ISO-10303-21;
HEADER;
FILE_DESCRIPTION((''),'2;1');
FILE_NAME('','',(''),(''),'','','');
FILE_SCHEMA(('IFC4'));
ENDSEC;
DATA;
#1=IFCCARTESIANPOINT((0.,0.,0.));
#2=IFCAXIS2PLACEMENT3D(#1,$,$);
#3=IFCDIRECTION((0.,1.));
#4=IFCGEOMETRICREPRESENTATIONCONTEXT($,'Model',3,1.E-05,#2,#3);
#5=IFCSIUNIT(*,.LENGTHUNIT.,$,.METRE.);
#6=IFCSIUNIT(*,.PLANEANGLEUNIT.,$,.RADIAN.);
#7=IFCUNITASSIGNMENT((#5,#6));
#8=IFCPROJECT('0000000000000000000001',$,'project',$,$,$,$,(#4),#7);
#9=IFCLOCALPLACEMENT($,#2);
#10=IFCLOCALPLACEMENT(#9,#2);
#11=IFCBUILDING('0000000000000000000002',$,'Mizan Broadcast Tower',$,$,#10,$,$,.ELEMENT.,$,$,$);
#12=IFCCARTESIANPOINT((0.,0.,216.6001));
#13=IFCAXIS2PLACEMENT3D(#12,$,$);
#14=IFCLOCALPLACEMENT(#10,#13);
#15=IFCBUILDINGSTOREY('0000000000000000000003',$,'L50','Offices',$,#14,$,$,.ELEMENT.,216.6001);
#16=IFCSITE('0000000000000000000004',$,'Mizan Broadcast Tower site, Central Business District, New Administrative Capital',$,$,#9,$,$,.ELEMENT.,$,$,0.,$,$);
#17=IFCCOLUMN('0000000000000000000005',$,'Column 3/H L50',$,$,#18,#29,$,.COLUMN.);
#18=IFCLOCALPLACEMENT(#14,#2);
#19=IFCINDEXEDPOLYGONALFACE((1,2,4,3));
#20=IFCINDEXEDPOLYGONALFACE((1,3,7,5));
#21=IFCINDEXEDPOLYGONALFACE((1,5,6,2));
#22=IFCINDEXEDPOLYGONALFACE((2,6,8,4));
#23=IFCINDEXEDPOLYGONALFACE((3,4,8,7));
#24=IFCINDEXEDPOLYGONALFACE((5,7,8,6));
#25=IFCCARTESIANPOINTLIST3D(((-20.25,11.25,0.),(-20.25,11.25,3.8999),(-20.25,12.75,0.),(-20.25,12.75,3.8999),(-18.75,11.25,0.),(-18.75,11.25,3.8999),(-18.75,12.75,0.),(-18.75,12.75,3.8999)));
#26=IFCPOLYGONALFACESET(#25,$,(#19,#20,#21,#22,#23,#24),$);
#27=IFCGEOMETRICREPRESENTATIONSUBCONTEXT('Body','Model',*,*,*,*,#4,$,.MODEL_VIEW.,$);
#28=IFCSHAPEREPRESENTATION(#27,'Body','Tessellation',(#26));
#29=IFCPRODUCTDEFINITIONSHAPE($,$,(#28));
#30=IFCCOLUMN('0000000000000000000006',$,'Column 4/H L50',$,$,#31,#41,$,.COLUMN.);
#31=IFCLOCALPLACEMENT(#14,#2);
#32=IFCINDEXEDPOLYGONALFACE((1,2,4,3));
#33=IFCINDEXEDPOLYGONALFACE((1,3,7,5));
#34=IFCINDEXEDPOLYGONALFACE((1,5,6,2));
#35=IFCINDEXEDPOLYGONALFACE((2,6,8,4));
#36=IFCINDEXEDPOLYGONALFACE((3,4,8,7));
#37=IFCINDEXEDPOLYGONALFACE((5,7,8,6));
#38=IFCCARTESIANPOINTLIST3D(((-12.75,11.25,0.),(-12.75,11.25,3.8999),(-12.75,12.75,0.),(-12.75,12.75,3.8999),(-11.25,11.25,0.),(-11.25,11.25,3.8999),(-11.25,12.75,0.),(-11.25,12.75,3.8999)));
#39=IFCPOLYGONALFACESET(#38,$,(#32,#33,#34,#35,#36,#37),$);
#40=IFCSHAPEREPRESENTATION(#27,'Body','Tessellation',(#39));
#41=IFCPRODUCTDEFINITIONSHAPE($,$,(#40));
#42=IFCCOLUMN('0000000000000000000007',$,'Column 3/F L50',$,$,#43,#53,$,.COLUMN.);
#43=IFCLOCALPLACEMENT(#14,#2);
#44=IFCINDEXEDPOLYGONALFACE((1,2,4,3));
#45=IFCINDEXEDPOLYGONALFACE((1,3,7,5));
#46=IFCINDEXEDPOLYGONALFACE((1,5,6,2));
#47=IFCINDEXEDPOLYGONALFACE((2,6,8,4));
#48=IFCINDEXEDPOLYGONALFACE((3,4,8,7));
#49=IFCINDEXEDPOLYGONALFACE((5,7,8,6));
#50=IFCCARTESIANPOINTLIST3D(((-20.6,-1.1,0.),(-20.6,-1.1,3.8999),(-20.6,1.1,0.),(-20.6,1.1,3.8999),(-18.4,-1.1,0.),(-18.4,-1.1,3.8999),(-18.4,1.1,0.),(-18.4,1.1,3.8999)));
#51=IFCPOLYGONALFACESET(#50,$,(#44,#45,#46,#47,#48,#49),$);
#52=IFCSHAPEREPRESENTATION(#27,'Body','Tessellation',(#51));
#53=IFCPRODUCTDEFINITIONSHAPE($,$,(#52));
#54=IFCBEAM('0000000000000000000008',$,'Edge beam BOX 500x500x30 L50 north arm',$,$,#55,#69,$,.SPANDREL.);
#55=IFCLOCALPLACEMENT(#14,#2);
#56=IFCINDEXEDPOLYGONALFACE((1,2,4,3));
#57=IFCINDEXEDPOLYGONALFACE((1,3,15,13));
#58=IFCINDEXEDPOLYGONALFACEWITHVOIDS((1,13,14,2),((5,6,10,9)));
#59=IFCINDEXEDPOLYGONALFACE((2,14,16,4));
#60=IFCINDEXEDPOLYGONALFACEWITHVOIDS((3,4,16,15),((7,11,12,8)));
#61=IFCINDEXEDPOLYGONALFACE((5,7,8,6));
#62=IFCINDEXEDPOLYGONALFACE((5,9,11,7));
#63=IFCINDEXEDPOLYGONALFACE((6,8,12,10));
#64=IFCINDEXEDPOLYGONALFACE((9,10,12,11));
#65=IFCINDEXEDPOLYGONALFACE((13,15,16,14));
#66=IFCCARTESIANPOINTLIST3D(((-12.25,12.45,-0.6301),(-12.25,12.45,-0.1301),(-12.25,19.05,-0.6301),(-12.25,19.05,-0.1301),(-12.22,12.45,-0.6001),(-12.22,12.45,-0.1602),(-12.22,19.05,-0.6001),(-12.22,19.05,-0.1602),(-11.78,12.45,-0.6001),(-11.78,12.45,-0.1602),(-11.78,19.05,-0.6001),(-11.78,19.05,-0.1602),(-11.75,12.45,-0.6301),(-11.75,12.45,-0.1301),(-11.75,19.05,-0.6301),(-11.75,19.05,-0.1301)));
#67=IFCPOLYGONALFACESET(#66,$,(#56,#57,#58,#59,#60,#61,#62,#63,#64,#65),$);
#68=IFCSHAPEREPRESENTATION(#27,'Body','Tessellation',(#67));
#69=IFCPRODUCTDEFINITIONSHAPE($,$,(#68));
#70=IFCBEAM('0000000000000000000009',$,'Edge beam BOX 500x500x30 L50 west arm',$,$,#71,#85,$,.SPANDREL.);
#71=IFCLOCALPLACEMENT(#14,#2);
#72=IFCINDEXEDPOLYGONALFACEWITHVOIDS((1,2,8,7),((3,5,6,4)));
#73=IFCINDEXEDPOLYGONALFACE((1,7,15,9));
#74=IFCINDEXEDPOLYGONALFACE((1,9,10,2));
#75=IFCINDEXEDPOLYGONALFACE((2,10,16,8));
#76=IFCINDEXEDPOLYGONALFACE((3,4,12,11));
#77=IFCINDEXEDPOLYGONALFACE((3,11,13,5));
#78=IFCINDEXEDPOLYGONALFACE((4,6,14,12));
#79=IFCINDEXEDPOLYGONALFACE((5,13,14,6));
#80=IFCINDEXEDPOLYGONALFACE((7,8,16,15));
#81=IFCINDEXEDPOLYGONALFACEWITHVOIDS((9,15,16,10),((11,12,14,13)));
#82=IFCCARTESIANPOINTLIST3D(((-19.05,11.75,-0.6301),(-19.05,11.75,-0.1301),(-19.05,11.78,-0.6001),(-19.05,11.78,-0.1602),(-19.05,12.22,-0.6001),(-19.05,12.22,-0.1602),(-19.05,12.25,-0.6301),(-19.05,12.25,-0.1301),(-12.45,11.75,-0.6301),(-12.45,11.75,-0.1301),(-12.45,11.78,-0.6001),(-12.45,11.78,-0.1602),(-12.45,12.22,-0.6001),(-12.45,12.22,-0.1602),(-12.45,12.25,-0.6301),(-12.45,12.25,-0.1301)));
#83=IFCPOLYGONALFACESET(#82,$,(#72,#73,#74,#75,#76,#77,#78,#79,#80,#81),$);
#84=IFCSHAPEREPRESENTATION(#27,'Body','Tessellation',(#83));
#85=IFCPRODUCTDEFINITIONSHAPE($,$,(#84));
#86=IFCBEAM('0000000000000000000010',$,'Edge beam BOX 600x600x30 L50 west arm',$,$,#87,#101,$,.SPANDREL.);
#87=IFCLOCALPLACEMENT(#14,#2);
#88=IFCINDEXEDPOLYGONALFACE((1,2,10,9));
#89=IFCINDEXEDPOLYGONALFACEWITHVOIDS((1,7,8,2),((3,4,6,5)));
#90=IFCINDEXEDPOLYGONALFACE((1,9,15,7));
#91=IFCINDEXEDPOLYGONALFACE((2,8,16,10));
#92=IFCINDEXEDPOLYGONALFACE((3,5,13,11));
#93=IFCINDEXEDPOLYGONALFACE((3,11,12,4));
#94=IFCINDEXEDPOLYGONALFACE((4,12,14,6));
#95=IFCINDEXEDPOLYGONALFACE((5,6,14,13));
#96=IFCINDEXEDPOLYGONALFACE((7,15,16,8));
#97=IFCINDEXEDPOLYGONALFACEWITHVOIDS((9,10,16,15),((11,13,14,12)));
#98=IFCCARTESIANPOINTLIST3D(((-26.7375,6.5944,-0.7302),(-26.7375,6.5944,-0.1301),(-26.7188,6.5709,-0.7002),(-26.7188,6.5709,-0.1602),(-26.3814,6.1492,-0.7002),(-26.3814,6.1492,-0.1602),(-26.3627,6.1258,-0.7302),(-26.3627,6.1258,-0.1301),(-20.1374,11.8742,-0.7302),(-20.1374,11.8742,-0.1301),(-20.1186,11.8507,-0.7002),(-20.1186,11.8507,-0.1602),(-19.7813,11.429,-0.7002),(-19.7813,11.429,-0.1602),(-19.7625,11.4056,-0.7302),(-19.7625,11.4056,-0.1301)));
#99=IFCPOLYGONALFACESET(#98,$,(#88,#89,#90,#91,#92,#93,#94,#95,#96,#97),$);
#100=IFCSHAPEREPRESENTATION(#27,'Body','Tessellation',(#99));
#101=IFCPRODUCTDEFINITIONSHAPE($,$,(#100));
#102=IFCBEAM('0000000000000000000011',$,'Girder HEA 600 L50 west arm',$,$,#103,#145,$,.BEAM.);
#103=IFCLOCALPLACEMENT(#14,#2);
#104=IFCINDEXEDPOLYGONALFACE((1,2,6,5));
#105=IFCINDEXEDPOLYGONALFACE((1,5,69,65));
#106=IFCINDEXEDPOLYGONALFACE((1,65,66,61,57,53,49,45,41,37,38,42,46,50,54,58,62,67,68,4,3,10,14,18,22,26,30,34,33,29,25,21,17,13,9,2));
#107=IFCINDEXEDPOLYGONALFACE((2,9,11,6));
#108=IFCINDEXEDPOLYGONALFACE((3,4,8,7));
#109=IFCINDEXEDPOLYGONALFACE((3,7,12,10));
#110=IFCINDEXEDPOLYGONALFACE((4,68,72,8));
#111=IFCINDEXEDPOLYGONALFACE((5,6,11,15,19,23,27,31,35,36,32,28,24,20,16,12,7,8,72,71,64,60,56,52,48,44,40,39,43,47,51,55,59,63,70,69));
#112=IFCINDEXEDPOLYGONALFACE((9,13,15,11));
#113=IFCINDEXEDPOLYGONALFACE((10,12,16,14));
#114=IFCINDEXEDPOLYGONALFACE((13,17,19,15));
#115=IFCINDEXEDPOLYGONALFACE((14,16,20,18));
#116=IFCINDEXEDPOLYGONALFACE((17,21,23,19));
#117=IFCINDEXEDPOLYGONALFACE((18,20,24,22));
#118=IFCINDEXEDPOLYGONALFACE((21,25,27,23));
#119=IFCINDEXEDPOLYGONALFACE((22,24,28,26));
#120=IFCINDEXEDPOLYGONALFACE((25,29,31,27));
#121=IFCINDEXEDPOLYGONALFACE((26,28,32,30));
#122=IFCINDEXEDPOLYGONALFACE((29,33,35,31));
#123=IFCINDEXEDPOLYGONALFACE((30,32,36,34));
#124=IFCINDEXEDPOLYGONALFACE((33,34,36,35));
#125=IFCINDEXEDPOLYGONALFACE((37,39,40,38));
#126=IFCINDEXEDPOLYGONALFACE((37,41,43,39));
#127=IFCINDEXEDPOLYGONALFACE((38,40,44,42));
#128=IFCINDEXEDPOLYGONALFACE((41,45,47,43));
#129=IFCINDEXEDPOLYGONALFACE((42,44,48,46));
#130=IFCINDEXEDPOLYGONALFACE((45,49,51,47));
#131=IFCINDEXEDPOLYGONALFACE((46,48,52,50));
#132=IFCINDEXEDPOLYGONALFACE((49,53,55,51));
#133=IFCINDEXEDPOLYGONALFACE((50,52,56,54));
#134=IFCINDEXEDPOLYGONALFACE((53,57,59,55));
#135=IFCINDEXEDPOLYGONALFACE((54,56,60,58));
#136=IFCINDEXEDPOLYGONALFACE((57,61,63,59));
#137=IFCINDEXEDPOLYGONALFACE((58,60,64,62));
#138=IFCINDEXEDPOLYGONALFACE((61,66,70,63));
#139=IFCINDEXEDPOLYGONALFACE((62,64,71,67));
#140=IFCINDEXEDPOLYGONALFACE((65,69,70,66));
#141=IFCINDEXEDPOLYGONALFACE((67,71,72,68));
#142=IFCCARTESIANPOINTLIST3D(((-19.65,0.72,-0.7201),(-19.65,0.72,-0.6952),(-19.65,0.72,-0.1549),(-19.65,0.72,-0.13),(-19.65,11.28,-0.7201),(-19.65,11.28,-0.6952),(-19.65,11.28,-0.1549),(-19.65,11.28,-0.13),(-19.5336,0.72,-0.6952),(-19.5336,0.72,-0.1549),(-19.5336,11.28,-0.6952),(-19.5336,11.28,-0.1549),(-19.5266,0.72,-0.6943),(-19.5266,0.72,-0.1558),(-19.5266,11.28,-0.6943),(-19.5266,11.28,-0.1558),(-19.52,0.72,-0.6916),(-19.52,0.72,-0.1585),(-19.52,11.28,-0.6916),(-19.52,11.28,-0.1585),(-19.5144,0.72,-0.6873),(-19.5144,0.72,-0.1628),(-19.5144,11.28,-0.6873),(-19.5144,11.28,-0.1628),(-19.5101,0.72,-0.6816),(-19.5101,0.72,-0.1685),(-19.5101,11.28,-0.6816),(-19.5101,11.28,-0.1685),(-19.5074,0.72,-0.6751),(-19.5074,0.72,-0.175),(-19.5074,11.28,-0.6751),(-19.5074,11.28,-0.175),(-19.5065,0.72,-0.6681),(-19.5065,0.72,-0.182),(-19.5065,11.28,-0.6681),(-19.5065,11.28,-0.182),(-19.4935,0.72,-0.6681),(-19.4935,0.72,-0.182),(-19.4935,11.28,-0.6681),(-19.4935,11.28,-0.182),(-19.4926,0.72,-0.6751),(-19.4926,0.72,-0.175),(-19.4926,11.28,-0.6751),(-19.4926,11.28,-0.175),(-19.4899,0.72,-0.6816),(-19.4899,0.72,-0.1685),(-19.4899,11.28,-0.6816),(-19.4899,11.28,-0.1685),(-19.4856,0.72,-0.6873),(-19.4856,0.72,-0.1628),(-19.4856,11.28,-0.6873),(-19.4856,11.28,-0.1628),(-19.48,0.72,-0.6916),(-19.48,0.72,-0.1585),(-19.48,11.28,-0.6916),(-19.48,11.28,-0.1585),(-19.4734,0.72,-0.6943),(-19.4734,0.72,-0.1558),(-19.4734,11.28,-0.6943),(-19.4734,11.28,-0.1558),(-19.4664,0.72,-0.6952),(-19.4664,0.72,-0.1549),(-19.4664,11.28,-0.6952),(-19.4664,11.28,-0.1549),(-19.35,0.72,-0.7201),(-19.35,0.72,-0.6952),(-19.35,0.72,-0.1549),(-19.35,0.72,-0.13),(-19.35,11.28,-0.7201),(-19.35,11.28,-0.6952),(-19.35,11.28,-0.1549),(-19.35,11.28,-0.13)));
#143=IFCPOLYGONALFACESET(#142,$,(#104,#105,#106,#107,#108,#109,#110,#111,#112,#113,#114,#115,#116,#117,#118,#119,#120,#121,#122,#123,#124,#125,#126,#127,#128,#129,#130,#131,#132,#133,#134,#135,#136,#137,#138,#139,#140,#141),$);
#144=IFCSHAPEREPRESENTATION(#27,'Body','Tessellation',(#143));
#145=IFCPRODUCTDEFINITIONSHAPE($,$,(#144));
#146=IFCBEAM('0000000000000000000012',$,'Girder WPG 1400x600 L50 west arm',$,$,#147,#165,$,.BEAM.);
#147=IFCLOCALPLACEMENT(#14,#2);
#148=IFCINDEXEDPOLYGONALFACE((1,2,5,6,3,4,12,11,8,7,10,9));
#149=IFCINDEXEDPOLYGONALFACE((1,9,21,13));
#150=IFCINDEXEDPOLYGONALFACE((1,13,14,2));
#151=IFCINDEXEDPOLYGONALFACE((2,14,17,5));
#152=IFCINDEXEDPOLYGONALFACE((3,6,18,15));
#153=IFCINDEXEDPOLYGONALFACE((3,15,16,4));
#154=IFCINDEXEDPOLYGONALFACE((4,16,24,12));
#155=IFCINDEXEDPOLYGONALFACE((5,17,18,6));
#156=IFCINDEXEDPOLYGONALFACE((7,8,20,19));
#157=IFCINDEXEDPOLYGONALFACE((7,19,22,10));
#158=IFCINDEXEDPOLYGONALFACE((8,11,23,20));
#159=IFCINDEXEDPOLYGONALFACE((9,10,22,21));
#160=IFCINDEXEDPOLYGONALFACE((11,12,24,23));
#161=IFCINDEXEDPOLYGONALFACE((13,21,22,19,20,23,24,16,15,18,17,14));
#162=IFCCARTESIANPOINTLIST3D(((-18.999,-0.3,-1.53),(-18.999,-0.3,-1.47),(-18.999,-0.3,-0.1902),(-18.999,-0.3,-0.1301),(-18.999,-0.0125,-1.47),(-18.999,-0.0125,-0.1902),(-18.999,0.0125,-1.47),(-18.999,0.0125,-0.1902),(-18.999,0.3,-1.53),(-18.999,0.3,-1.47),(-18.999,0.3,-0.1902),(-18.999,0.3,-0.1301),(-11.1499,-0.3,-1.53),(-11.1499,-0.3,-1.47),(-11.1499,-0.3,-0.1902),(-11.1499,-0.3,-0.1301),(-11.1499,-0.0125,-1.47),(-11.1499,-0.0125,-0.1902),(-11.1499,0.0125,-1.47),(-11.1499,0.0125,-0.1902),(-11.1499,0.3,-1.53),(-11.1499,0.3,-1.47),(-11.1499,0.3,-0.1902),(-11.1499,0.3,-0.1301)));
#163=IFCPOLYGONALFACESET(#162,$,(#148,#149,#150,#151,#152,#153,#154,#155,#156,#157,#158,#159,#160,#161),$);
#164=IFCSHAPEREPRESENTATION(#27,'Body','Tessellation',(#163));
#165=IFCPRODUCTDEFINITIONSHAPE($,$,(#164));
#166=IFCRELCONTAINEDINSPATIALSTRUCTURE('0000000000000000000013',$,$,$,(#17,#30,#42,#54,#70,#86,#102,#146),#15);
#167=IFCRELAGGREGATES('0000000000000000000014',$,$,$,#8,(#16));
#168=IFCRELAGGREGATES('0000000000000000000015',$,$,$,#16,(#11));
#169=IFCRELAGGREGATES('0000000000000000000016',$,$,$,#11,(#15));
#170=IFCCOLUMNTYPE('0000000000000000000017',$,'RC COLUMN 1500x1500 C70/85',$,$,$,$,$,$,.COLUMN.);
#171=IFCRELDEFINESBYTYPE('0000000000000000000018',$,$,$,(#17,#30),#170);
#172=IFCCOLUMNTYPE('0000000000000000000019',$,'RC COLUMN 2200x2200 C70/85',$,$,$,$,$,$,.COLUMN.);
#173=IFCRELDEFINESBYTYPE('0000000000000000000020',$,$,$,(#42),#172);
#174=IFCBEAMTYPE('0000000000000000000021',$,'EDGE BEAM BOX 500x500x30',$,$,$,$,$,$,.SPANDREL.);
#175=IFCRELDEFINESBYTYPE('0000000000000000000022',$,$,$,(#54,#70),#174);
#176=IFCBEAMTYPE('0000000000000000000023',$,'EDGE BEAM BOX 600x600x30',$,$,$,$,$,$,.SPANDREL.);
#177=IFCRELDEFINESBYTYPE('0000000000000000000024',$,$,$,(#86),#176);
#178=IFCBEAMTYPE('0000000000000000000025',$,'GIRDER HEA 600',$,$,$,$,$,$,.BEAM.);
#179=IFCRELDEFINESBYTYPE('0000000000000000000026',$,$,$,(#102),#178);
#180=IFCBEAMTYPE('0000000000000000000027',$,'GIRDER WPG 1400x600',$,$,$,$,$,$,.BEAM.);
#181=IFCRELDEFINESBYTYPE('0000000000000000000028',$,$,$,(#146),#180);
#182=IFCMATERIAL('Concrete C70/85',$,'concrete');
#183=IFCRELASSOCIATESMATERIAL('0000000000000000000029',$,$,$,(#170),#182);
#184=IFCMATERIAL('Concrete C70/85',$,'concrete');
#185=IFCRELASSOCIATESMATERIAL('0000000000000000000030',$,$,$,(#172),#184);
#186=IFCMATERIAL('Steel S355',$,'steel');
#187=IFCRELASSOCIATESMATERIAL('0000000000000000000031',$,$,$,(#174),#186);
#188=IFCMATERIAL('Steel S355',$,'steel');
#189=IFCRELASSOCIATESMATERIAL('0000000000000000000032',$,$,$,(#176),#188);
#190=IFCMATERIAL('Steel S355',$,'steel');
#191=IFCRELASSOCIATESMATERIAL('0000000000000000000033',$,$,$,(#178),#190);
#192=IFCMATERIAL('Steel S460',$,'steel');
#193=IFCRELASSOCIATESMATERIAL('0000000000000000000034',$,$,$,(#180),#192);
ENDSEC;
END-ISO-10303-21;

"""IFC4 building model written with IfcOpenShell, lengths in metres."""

from ifc_helpers import new_model, si_unit, direction, frame, origin, origin_2d, place, context, subcontext, project, spatial, rectangle, hollow_rectangle, i_section, extrude, material, material_profile, profile_set, type_object, element, save


model = new_model("IFC4")

# Units and contexts
model_context = context("Model", 3, precision=1e-05, world=origin(), true_north=direction((0.0, 1.0)))
body_context = subcontext(model_context, "Body", "Model", "MODEL_VIEW")
ifc_project = project(units=[si_unit("LENGTHUNIT", "METRE"), si_unit("PLANEANGLEUNIT", "RADIAN")], contexts=[model_context])

# Site, building, storey
site_placement = place(None, origin())
site = spatial("IfcSite", under=ifc_project, at=site_placement, Name="Mizan Broadcast Tower site, Central Business District, New Administrative Capital", CompositionType="ELEMENT", RefElevation=0.0)
building_placement = place(site_placement, origin())
building = spatial("IfcBuilding", under=site, at=building_placement, Name="Mizan Broadcast Tower", CompositionType="ELEMENT")
storey_placement = place(building_placement, frame((0.0, 0.0, 216.6001)))
storey = spatial("IfcBuildingStorey", under=building, at=storey_placement, Name="L50", Description="Offices", CompositionType="ELEMENT", Elevation=216.6001)

# Columns
ifc_material_1 = material(Name="Concrete C70/85", Category="concrete")
ifc_material_profile_1 = material_profile(ifc_material_1, rectangle(XDim=1.5, YDim=1.5, at=origin_2d()), Name="RC 1500x1500")
ifc_profile_set_1 = profile_set([ifc_material_profile_1], Name="Concrete C70/85")
column_type_1 = type_object("IfcColumnType", Name="RC COLUMN 1500x1500 C70/85", PredefinedType="COLUMN", material=ifc_profile_set_1)
for number, where, z_axis, x_axis, name in (
    (1, (-19.5, 12.0, 0.0), (0.0, 0.0, 1.0), (1.0, 0.0, 0.0), "Column 3/H L50"),
    (2, (-12.0, 12.0, 0.0), (0.0, 0.0, 1.0), (1.0, 0.0, 0.0), "Column 4/H L50"),
):
    element("IfcColumn", number, at=place(storey_placement, frame(where, z_axis=z_axis, x_axis=x_axis)), inside=storey, type_object=column_type_1, Name=name, PredefinedType="COLUMN", context=body_context, shape_type="SweptSolid", body=[
        extrude(rectangle(XDim=1.5, YDim=1.5, at=origin_2d()), origin(), (0.0, 0.0, 1.0), 3.8999),
    ])
ifc_material_2 = material(Name="Concrete C70/85", Category="concrete")
ifc_material_profile_2 = material_profile(ifc_material_2, rectangle(XDim=2.2, YDim=2.2, at=origin_2d()), Name="RC 2200x2200")
ifc_profile_set_2 = profile_set([ifc_material_profile_2], Name="Concrete C70/85")
column_type_2 = type_object("IfcColumnType", Name="RC COLUMN 2200x2200 C70/85", PredefinedType="COLUMN", material=ifc_profile_set_2)
column_placement = place(storey_placement, frame((-19.5, 0.0, 0.0), z_axis=(0.0, 0.0, 1.0), x_axis=(1.0, 0.0, 0.0)))
element("IfcColumn", 3, at=column_placement, inside=storey, type_object=column_type_2, Name="Column 3/F L50", PredefinedType="COLUMN", context=body_context, shape_type="SweptSolid", body=[
    extrude(rectangle(XDim=2.2, YDim=2.2, at=origin_2d()), origin(), (0.0, 0.0, 1.0), 3.8999),
])

# Beams
ifc_material_3 = material(Name="Steel S355", Category="steel")
ifc_material_profile_3 = material_profile(ifc_material_3, hollow_rectangle(XDim=0.5, YDim=0.5, WallThickness=0.03, at=origin_2d()), Name="BOX 500x500x30")
ifc_profile_set_3 = profile_set([ifc_material_profile_3], Name="Steel S355")
beam_type_1 = type_object("IfcBeamType", Name="EDGE BEAM BOX 500x500x30", PredefinedType="SPANDREL", material=ifc_profile_set_3)
for number, where, z_axis, x_axis, name in (
    (4, (-12.0, 12.45, -0.3801), (0.0, 1.0, 0.0), (-1.0, 0.0, 0.0), "Edge beam BOX 500x500x30 L50 north arm"),
    (5, (-12.45, 12.0, -0.3801), (-1.0, 0.0, 0.0), (0.0, -1.0, 0.0), "Edge beam BOX 500x500x30 L50 west arm"),
):
    element("IfcBeam", number, at=place(storey_placement, frame(where, z_axis=z_axis, x_axis=x_axis)), inside=storey, type_object=beam_type_1, Name=name, PredefinedType="SPANDREL", context=body_context, shape_type="SweptSolid", body=[
        extrude(hollow_rectangle(XDim=0.5, YDim=0.5, WallThickness=0.03, at=origin_2d()), origin(), (0.0, 0.0, 1.0), 6.6001),
    ])
ifc_material_4 = material(Name="Steel S355", Category="steel")
ifc_material_profile_4 = material_profile(ifc_material_4, hollow_rectangle(XDim=0.6001, YDim=0.6001, WallThickness=0.03, at=origin_2d()), Name="BOX 600x600x30")
ifc_profile_set_4 = profile_set([ifc_material_profile_4], Name="Steel S355")
beam_type_2 = type_object("IfcBeamType", Name="EDGE BEAM BOX 600x600x30", PredefinedType="SPANDREL", material=ifc_profile_set_4)
beam_1_placement = place(storey_placement, frame((-19.95, 11.6399, -0.4302), z_axis=(-0.780886, -0.624674, 0.0), x_axis=(0.624674, -0.780886, 0.0)))
element("IfcBeam", 6, at=beam_1_placement, inside=storey, type_object=beam_type_2, Name="Edge beam BOX 600x600x30 L50 west arm", PredefinedType="SPANDREL", context=body_context, shape_type="SweptSolid", body=[
    extrude(hollow_rectangle(XDim=0.6001, YDim=0.6001, WallThickness=0.03, at=origin_2d()), origin(), (0.0, 0.0, 1.0), 8.4521),
])
ifc_material_5 = material(Name="Steel S355", Category="steel")
ifc_material_profile_5 = material_profile(ifc_material_5, i_section(OverallWidth=0.3, OverallDepth=0.5901, WebThickness=0.0129, FlangeThickness=0.0249, FilletRadius=0.0271, at=origin_2d()), Name="HEA 600")
ifc_profile_set_5 = profile_set([ifc_material_profile_5], Name="Steel S355")
beam_type_3 = type_object("IfcBeamType", Name="GIRDER HEA 600", PredefinedType="BEAM", material=ifc_profile_set_5)
beam_2_placement = place(storey_placement, frame((-19.5, 11.28, -0.425), z_axis=(0.0, -1.0, 0.0), x_axis=(1.0, 0.0, 0.0)))
element("IfcBeam", 7, at=beam_2_placement, inside=storey, type_object=beam_type_3, Name="Girder HEA 600 L50 west arm", PredefinedType="BEAM", context=body_context, shape_type="SweptSolid", body=[
    extrude(i_section(OverallWidth=0.3, OverallDepth=0.5901, WebThickness=0.0129, FlangeThickness=0.0249, FilletRadius=0.0271, at=origin_2d()), origin(), (0.0, 0.0, 1.0), 10.5601),
])
ifc_material_6 = material(Name="Steel S460", Category="steel")
ifc_material_profile_6 = material_profile(ifc_material_6, i_section(OverallWidth=0.6001, OverallDepth=1.3999, WebThickness=0.0249, FlangeThickness=0.0601, at=origin_2d()), Name="WPG 1400x600")
ifc_profile_set_6 = profile_set([ifc_material_profile_6], Name="Steel S460")
beam_type_4 = type_object("IfcBeamType", Name="GIRDER WPG 1400x600", PredefinedType="BEAM", material=ifc_profile_set_6)
beam_3_placement = place(storey_placement, frame((-11.1499, 0.0, -0.8301), z_axis=(-1.0, 0.0, 0.0), x_axis=(0.0, -1.0, 0.0)))
element("IfcBeam", 8, at=beam_3_placement, inside=storey, type_object=beam_type_4, Name="Girder WPG 1400x600 L50 west arm", PredefinedType="BEAM", context=body_context, shape_type="SweptSolid", body=[
    extrude(i_section(OverallWidth=0.6001, OverallDepth=1.3999, WebThickness=0.0249, FlangeThickness=0.0601, at=origin_2d()), origin(), (0.0, 0.0, 1.0), 7.8491),
])

save(model, "model.ifc")
